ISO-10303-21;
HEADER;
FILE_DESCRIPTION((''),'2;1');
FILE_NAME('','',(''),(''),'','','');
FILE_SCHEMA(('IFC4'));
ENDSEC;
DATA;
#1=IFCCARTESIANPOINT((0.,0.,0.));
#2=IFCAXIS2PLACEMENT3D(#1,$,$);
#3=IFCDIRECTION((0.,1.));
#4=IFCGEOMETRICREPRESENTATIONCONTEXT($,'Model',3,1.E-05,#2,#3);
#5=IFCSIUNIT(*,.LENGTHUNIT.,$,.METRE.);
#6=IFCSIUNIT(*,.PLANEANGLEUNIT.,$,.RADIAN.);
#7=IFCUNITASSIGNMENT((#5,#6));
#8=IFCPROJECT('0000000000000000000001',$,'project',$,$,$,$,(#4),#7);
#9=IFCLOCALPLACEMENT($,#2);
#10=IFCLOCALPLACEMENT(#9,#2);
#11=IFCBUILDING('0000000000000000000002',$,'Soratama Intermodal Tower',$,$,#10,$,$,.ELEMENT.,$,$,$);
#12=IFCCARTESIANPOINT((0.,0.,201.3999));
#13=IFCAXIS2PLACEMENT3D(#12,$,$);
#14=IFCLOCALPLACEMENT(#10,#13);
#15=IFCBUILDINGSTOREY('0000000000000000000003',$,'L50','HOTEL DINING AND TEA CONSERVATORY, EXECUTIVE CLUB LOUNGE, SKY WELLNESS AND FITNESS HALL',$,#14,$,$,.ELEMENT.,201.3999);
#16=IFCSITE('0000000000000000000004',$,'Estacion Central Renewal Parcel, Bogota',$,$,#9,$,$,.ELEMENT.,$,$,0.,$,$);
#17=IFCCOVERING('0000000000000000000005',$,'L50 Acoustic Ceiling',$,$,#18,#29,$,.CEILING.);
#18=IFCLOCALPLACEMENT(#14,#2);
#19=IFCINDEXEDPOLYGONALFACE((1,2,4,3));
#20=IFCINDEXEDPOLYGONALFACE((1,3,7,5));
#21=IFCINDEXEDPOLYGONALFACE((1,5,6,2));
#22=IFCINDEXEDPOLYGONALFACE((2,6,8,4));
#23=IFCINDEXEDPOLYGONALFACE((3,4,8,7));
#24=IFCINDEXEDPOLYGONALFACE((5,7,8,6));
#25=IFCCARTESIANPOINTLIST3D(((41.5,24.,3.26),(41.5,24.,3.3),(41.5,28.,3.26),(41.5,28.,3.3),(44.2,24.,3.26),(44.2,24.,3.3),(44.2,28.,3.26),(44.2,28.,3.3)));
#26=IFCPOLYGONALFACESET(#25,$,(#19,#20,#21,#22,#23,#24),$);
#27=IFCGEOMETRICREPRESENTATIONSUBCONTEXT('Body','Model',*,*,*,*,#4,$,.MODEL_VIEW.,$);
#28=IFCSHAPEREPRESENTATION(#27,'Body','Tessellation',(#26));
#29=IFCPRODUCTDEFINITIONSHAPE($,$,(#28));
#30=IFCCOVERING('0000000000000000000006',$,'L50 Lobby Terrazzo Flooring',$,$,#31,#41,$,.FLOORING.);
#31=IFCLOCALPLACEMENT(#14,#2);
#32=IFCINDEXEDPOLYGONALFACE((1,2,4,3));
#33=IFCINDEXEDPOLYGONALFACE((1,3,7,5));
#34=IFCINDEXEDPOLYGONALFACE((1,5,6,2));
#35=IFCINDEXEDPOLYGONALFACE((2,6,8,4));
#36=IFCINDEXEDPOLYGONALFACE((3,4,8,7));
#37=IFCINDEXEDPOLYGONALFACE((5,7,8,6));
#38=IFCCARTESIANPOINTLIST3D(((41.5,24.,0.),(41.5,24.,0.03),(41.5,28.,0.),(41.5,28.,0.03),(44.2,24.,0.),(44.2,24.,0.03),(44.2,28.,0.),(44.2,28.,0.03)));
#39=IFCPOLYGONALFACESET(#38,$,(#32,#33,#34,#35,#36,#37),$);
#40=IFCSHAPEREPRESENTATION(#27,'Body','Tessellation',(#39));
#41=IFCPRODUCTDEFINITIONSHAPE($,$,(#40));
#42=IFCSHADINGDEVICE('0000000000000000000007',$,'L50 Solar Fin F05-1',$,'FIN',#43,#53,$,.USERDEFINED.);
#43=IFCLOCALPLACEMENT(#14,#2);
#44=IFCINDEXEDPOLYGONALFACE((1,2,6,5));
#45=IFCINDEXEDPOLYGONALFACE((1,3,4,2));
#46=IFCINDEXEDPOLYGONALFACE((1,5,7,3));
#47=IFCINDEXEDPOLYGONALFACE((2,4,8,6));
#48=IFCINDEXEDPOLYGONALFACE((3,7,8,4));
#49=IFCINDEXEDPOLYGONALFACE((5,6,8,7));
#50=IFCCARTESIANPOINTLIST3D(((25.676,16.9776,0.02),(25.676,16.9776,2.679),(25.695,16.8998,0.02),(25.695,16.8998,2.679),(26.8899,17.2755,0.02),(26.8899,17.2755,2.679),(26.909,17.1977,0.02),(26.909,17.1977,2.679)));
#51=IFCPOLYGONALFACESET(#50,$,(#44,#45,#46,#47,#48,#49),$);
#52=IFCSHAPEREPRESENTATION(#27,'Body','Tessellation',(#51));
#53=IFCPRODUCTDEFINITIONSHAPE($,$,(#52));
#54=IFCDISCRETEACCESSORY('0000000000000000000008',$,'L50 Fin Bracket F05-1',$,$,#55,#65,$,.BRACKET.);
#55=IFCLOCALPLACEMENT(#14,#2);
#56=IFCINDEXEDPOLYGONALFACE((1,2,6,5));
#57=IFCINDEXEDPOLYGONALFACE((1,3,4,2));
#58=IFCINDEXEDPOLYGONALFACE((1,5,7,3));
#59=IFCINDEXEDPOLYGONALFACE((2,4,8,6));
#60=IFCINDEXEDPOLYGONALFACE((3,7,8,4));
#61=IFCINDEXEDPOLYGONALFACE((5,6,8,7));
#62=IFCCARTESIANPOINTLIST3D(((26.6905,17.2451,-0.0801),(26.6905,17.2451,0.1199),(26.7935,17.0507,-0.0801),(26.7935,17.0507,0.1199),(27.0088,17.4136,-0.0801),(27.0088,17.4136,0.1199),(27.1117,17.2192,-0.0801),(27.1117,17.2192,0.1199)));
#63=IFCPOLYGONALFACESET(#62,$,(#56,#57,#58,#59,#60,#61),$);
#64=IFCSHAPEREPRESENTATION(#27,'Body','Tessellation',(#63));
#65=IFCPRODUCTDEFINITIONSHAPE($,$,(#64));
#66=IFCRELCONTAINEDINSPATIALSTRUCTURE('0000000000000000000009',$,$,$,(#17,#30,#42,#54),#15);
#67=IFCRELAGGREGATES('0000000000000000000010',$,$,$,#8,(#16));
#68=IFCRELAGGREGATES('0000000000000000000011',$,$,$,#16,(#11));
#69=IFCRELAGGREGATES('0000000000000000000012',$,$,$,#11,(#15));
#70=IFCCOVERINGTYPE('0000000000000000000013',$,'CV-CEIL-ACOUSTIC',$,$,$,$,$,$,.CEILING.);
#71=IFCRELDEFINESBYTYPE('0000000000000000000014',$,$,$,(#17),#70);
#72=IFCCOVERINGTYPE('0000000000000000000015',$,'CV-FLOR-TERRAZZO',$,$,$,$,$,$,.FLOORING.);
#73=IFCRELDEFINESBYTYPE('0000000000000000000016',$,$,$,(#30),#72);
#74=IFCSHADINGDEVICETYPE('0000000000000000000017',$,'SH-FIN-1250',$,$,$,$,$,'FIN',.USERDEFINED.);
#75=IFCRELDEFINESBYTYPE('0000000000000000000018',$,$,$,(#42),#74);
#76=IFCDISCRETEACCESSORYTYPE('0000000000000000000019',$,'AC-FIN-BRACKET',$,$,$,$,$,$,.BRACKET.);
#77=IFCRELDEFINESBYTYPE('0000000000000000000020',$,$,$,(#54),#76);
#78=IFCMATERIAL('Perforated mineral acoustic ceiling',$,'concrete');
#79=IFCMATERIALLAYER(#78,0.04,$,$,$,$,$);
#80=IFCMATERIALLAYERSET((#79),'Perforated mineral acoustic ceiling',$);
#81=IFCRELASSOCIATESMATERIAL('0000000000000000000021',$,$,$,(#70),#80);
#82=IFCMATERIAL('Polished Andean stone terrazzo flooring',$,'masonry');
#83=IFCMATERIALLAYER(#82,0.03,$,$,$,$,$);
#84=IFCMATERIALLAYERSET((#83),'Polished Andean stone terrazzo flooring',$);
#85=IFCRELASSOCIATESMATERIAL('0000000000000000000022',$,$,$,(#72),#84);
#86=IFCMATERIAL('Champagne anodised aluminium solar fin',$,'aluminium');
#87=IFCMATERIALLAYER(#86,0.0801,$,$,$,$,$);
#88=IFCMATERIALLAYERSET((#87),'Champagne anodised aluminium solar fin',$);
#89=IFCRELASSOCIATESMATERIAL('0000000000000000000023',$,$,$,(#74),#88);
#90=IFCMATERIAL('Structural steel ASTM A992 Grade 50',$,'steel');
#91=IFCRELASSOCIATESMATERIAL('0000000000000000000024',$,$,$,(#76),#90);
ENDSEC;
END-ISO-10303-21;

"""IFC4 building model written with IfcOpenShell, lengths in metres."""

from ifc_helpers import new_model, si_unit, direction, frame, origin, origin_2d, place, context, subcontext, project, spatial, polyline, rectangle, outline, extrude, material, layer, layer_set, type_object, element, save


model = new_model("IFC4")

# Units and contexts
model_context = context("Model", 3, precision=1e-05, world=origin(), true_north=direction((0.0, 1.0)))
body_context = subcontext(model_context, "Body", "Model", "MODEL_VIEW")
ifc_project = project(units=[si_unit("LENGTHUNIT", "METRE"), si_unit("PLANEANGLEUNIT", "RADIAN")], contexts=[model_context])

# Site, building, storey
site_placement = place(None, origin())
site = spatial("IfcSite", under=ifc_project, at=site_placement, Name="Estacion Central Renewal Parcel, Bogota", CompositionType="ELEMENT", RefElevation=0.0)
building_placement = place(site_placement, origin())
building = spatial("IfcBuilding", under=site, at=building_placement, Name="Soratama Intermodal Tower", CompositionType="ELEMENT")
storey_placement = place(building_placement, frame((0.0, 0.0, 201.3999)))
storey = spatial("IfcBuildingStorey", under=building, at=storey_placement, Name="L50", Description="HOTEL DINING AND TEA CONSERVATORY, EXECUTIVE CLUB LOUNGE, SKY WELLNESS AND FITNESS HALL", CompositionType="ELEMENT", Elevation=201.3999)

# Coverings
ifc_material_1 = material(Name="Perforated mineral acoustic ceiling", Category="concrete")
ifc_layer_1 = layer(ifc_material_1, 0.04)
ifc_layer_set_1 = layer_set([ifc_layer_1], Name="Perforated mineral acoustic ceiling")
covering_type_1 = type_object("IfcCoveringType", Name="CV-CEIL-ACOUSTIC", PredefinedType="CEILING", material=ifc_layer_set_1)
covering_1_placement = place(storey_placement, frame((0.0, 0.0, 3.26)))
element("IfcCovering", 1, at=covering_1_placement, inside=storey, type_object=covering_type_1, Name="L50 Acoustic Ceiling", PredefinedType="CEILING", context=body_context, shape_type="SweptSolid", body=[
    extrude(outline(polyline([(41.5, 24.0), (44.2, 24.0), (44.2, 28.0), (41.5, 28.0), (41.5, 24.0)])), origin(), (0.0, 0.0, 1.0), 0.04),
])
ifc_material_2 = material(Name="Polished Andean stone terrazzo flooring", Category="masonry")
ifc_layer_2 = layer(ifc_material_2, 0.03)
ifc_layer_set_2 = layer_set([ifc_layer_2], Name="Polished Andean stone terrazzo flooring")
covering_type_2 = type_object("IfcCoveringType", Name="CV-FLOR-TERRAZZO", PredefinedType="FLOORING", material=ifc_layer_set_2)
covering_2_placement = place(storey_placement, origin())
element("IfcCovering", 2, at=covering_2_placement, inside=storey, type_object=covering_type_2, Name="L50 Lobby Terrazzo Flooring", PredefinedType="FLOORING", context=body_context, shape_type="SweptSolid", body=[
    extrude(outline(polyline([(41.5, 24.0), (44.2, 24.0), (44.2, 28.0), (41.5, 28.0), (41.5, 24.0)])), origin(), (0.0, 0.0, 1.0), 0.03),
])

# Shading device
ifc_material_3 = material(Name="Champagne anodised aluminium solar fin", Category="aluminium")
ifc_layer_3 = layer(ifc_material_3, 0.0801)
ifc_layer_set_3 = layer_set([ifc_layer_3], Name="Champagne anodised aluminium solar fin")
shading_device_type = type_object("IfcShadingDeviceType", Name="SH-FIN-1250", ElementType="FIN", PredefinedType="USERDEFINED", material=ifc_layer_set_3)
shading_device_placement = place(storey_placement, frame((26.2925, 17.0876, 0.02), z_axis=(0.0, 0.0, 1.0), x_axis=(-0.971176, -0.238364, 0.0)))
element("IfcShadingDevice", 3, at=shading_device_placement, inside=storey, type_object=shading_device_type, Name="L50 Solar Fin F05-1", ObjectType="FIN", PredefinedType="USERDEFINED", context=body_context, shape_type="SweptSolid", body=[
    extrude(rectangle(XDim=1.25, YDim=0.0801, at=origin_2d()), origin(), (0.0, 0.0, 1.0), 2.6589),
])

# Discrete accessory
ifc_material_4 = material(Name="Structural steel ASTM A992 Grade 50", Category="steel")
discrete_accessory_type = type_object("IfcDiscreteAccessoryType", Name="AC-FIN-BRACKET", PredefinedType="BRACKET", material=ifc_material_4)
discrete_accessory_placement = place(storey_placement, frame((26.9011, 17.2322, -0.0801), z_axis=(0.0, 0.0, 1.0), x_axis=(-0.883766, -0.46793, 0.0)))
element("IfcDiscreteAccessory", 4, at=discrete_accessory_placement, inside=storey, type_object=discrete_accessory_type, Name="L50 Fin Bracket F05-1", PredefinedType="BRACKET", context=body_context, shape_type="SweptSolid", body=[
    extrude(rectangle(XDim=0.3601, YDim=0.22, at=origin_2d()), origin(), (0.0, 0.0, 1.0), 0.2),
])

save(model, "model.ifc")
